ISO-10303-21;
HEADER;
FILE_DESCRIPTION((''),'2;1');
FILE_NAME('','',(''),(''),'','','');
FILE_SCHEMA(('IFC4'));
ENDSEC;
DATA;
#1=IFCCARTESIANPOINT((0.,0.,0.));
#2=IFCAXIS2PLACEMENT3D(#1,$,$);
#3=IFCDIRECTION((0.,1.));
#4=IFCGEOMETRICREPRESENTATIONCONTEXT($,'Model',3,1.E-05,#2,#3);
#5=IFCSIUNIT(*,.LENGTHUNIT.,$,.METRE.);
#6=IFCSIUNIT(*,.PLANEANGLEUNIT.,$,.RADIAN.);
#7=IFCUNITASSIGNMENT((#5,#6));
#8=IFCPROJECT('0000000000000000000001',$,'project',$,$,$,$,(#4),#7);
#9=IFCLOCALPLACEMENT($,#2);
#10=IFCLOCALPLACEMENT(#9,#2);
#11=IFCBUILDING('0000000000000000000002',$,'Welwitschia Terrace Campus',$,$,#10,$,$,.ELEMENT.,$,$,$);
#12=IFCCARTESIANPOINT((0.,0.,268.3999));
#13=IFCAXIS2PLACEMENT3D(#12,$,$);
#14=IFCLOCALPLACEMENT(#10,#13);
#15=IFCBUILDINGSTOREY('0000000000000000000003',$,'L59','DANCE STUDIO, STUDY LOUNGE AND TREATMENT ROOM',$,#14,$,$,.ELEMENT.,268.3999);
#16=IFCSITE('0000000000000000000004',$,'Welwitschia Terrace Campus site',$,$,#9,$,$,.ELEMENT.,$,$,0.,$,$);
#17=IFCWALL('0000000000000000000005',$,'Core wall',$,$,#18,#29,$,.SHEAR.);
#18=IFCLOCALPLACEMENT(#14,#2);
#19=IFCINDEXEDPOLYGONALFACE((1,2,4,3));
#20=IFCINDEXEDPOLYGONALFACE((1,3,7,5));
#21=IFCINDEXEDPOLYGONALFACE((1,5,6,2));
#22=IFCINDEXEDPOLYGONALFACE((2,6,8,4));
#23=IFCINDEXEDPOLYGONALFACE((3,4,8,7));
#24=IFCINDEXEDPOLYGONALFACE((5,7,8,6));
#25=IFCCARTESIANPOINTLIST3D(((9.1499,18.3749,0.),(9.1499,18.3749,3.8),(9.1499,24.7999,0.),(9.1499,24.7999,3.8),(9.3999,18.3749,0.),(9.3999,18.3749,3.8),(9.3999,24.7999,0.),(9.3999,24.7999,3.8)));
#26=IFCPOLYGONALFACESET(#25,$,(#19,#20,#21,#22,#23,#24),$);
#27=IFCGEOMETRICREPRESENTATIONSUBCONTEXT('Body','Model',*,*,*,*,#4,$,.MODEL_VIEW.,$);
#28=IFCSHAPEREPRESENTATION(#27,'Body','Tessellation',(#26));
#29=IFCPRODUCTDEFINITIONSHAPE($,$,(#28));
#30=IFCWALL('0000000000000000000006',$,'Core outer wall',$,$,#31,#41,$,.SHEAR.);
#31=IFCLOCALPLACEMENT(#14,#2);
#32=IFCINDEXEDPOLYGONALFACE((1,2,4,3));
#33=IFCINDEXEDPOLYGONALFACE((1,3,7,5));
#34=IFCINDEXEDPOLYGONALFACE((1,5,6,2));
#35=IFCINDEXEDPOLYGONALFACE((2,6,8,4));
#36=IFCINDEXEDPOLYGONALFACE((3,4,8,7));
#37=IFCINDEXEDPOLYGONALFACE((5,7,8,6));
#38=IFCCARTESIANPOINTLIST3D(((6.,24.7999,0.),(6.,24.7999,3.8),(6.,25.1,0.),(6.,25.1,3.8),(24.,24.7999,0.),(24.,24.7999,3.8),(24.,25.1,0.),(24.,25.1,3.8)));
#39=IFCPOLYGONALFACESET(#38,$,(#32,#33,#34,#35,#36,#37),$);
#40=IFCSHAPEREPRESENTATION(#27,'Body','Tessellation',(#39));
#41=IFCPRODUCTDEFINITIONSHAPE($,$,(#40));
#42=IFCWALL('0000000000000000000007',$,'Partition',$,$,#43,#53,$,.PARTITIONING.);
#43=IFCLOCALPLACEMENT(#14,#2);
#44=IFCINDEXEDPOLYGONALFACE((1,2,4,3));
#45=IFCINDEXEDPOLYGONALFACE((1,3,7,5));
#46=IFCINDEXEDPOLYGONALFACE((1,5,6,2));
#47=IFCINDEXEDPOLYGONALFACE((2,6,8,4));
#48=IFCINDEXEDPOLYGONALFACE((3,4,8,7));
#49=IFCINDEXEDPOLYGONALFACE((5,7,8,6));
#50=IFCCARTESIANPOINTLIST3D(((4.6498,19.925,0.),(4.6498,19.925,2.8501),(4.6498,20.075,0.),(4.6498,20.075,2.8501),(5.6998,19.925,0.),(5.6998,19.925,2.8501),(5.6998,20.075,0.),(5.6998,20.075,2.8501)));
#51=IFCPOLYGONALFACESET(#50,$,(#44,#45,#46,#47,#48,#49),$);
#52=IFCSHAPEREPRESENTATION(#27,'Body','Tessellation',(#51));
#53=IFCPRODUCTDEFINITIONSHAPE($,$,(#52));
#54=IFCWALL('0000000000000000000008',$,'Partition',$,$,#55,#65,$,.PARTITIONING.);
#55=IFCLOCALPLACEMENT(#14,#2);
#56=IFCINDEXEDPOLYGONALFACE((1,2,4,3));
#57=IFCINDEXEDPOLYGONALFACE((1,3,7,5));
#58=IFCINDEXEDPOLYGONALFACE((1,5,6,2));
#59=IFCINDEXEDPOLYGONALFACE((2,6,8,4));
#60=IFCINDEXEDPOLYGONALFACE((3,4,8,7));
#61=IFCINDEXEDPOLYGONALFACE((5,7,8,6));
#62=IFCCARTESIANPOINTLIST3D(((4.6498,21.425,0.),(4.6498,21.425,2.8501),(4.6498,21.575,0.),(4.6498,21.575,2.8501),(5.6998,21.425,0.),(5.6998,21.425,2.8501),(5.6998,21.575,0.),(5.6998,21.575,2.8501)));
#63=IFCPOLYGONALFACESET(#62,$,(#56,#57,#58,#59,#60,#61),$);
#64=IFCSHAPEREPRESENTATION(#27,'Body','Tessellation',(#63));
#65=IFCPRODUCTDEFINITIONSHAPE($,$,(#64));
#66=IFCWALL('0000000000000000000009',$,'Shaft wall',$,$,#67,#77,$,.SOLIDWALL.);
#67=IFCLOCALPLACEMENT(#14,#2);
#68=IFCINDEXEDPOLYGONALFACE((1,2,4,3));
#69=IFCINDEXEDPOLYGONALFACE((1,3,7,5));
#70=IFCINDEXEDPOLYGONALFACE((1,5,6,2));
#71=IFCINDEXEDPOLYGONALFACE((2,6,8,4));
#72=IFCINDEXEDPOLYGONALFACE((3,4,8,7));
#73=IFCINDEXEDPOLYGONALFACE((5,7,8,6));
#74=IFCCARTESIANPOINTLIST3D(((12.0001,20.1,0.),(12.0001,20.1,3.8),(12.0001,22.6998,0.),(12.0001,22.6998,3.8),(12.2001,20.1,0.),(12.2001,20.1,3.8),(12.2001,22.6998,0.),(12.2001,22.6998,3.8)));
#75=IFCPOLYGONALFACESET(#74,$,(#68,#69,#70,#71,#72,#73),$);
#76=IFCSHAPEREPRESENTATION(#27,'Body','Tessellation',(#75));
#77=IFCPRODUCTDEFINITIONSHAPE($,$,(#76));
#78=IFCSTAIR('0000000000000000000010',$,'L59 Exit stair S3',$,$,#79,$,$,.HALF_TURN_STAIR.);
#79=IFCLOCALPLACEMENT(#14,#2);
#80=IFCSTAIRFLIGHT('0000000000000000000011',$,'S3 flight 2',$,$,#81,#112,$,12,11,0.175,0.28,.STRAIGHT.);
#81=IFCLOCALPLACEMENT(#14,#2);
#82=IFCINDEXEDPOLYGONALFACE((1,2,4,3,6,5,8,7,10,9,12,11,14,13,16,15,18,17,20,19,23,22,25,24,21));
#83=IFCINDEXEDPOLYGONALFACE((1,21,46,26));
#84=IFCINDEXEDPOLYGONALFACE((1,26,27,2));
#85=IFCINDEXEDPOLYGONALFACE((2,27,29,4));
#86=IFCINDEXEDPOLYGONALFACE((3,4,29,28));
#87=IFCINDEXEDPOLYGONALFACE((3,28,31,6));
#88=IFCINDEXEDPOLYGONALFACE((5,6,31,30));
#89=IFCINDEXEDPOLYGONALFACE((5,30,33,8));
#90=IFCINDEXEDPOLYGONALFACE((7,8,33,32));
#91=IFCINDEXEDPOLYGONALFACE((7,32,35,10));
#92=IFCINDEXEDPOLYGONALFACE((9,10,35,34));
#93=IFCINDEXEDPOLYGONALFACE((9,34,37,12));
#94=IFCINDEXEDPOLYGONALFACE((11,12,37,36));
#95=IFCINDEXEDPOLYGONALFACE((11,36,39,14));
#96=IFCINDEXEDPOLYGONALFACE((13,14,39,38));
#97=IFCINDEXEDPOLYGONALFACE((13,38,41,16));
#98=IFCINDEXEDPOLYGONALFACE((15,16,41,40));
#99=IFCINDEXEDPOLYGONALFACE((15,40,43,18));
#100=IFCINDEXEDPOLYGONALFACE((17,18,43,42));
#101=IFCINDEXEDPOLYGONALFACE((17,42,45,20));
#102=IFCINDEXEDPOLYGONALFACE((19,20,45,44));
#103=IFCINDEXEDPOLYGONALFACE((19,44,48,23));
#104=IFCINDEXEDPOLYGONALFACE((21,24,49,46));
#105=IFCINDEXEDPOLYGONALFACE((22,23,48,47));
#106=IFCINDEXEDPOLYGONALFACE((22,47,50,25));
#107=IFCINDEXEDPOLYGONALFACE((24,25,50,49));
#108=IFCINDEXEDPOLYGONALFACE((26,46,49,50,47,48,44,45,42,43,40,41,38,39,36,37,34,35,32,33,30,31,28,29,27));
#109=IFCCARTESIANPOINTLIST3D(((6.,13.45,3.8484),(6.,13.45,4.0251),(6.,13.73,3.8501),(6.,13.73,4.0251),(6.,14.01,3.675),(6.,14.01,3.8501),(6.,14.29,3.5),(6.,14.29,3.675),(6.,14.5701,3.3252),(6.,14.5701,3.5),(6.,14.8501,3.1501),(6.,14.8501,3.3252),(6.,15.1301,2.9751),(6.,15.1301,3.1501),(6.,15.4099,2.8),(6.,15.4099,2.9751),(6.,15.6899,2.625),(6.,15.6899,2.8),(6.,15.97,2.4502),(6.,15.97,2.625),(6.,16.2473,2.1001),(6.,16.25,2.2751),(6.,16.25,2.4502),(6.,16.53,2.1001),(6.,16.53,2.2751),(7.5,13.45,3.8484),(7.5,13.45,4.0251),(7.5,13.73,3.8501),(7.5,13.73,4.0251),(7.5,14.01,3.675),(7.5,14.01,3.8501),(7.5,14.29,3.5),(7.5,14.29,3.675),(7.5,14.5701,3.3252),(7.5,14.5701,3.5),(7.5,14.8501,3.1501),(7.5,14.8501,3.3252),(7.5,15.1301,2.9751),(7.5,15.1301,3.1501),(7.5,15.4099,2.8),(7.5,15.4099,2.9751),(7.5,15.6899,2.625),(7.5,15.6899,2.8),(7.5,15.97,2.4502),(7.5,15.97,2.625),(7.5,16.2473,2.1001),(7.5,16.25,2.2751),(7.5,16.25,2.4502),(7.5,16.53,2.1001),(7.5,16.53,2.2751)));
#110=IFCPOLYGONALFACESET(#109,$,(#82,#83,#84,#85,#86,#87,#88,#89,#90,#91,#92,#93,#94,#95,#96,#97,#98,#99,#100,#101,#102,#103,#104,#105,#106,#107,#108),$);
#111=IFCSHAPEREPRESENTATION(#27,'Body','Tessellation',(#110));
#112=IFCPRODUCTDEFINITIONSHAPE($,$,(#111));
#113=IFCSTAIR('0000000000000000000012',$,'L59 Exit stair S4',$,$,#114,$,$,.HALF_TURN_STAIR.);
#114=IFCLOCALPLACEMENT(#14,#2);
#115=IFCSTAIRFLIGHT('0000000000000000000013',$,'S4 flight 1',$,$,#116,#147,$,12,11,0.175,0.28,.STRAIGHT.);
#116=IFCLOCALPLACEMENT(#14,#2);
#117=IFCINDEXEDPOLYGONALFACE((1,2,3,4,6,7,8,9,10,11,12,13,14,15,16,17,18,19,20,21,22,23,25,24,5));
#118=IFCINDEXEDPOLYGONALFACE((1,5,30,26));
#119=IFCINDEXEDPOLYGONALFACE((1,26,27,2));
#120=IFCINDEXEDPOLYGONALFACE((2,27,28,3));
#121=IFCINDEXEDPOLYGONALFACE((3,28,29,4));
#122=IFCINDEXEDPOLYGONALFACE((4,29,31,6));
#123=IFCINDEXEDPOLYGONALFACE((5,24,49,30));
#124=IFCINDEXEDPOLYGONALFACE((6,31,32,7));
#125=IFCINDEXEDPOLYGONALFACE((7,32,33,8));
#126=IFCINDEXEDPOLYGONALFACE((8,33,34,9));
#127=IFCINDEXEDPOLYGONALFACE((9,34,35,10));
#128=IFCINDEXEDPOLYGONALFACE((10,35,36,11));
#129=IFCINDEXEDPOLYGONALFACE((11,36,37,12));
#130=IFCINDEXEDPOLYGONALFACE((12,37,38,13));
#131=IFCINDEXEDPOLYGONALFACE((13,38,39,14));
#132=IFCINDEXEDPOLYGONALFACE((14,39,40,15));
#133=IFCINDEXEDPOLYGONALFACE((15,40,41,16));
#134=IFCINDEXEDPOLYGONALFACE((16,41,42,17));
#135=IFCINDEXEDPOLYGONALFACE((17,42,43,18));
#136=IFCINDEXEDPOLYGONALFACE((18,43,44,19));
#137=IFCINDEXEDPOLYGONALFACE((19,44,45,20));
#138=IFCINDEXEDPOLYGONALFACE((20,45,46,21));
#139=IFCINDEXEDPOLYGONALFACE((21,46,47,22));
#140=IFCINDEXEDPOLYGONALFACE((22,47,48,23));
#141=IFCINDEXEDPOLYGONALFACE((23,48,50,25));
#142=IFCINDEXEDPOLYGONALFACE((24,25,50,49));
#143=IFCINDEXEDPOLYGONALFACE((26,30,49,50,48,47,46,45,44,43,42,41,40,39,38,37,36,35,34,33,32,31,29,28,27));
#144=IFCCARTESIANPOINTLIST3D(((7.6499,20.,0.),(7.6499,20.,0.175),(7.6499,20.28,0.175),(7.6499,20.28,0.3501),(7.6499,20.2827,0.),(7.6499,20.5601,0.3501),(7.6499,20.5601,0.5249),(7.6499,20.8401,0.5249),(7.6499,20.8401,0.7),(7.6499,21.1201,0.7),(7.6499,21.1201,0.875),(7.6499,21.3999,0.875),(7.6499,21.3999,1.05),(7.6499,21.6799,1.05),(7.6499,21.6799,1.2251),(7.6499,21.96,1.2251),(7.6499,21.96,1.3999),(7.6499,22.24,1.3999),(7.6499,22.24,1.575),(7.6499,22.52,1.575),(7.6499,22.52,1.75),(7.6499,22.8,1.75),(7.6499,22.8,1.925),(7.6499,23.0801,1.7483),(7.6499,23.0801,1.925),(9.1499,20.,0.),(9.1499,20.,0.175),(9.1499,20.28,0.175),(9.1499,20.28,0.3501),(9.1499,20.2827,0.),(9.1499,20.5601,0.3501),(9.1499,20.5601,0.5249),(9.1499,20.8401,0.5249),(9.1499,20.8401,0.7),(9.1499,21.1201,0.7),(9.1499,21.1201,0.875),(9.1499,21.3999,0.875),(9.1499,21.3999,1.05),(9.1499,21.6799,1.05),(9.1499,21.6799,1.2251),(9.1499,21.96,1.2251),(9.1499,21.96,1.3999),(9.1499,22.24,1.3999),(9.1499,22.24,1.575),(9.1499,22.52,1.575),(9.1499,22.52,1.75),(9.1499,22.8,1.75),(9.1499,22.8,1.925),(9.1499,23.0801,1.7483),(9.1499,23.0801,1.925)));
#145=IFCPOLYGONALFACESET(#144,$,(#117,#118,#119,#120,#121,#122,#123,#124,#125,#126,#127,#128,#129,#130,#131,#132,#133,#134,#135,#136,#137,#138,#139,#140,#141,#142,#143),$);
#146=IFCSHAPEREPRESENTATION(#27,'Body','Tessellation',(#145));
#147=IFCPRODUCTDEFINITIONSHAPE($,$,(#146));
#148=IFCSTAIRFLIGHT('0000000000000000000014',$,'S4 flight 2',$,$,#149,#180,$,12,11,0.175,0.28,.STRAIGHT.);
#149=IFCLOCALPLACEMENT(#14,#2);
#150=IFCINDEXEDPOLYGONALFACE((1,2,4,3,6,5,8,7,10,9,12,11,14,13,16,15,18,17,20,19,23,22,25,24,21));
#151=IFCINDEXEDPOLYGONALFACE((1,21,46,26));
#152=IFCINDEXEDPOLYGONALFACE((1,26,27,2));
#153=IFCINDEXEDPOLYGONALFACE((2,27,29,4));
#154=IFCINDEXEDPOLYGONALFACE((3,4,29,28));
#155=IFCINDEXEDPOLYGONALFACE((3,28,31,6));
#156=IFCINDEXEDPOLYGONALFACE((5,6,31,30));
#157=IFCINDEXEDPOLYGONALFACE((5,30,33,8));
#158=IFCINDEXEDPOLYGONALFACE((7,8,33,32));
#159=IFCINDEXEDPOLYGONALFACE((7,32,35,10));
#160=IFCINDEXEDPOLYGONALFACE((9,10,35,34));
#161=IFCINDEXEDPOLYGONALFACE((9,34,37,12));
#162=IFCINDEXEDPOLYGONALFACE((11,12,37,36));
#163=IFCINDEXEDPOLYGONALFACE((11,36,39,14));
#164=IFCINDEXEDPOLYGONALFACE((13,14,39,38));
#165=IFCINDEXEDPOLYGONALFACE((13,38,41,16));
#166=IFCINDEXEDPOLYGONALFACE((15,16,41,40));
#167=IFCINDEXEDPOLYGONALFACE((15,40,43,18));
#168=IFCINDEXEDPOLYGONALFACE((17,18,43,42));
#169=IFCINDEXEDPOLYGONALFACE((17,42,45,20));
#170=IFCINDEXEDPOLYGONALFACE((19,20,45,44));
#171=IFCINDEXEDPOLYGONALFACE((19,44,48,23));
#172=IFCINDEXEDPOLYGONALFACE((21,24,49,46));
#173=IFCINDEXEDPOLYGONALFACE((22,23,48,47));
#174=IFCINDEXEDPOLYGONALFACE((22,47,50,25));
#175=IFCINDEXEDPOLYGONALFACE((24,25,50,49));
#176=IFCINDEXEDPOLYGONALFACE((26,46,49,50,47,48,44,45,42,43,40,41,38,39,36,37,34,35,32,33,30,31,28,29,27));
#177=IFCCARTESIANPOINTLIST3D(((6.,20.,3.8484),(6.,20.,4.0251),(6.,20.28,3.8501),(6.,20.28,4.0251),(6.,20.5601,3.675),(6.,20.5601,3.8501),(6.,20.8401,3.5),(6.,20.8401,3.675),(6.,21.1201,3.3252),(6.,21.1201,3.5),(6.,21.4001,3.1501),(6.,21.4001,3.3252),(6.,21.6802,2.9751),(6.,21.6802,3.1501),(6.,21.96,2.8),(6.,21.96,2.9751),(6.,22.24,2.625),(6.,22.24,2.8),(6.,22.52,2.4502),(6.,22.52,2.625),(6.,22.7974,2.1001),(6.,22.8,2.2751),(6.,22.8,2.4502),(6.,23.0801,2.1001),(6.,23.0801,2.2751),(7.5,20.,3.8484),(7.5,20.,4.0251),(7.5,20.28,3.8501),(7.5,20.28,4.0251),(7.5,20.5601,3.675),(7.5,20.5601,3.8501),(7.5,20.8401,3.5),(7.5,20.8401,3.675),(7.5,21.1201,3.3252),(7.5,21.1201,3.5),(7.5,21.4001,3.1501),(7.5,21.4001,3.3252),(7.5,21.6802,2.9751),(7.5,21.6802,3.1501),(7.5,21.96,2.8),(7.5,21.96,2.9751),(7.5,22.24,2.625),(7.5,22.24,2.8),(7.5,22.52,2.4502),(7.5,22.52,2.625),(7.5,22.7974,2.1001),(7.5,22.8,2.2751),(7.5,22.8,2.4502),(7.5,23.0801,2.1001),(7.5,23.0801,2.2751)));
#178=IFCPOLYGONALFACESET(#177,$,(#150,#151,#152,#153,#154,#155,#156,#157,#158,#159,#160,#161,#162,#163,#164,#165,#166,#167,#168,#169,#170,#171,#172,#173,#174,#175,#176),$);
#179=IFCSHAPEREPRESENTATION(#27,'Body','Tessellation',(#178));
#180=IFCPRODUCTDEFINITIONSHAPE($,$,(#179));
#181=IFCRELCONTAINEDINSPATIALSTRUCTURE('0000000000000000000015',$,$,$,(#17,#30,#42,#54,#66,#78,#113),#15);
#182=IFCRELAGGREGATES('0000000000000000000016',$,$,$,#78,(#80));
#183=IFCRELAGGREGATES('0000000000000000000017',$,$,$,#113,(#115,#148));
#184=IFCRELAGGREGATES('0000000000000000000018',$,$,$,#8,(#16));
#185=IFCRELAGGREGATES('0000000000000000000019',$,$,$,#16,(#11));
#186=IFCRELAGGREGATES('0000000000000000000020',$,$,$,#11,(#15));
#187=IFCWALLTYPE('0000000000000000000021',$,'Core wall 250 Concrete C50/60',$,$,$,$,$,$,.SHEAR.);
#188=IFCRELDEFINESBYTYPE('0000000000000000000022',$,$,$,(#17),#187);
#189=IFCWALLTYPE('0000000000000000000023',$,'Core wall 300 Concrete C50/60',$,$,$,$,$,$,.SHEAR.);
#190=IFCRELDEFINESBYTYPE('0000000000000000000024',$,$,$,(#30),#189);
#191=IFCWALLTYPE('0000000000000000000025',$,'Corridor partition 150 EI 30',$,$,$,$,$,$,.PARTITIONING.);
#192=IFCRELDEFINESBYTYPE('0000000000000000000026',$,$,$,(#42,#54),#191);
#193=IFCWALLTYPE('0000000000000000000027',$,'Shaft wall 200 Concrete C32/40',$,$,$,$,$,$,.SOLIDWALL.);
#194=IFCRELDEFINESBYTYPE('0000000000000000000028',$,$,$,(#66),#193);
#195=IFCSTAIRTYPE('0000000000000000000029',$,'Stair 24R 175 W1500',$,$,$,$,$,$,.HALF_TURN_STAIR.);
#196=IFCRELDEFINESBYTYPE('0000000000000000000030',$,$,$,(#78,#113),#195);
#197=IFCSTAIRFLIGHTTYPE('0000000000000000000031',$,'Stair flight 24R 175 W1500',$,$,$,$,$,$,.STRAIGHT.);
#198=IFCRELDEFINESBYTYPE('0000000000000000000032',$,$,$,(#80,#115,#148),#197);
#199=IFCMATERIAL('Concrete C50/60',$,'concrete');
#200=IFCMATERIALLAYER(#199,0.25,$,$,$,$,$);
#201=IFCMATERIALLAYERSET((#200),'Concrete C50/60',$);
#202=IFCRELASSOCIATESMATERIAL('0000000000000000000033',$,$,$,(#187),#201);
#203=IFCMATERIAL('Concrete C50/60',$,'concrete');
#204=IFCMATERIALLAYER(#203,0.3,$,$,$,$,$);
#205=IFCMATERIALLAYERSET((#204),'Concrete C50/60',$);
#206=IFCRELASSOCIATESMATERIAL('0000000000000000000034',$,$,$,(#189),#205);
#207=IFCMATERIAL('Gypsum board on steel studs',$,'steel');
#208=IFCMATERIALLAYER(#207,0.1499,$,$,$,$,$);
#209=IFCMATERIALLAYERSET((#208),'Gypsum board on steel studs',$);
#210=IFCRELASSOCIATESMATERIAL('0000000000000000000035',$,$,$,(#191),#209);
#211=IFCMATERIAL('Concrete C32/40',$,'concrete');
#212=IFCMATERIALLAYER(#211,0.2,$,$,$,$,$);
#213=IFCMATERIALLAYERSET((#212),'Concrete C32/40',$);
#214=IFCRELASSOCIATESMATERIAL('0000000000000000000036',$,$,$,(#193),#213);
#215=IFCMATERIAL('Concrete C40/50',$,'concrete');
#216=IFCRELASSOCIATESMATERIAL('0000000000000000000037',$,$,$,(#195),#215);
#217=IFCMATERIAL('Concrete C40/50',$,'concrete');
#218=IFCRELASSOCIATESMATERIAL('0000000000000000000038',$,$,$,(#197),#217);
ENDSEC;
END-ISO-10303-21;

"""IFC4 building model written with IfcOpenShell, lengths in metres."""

from ifc_helpers import new_model, si_unit, direction, frame, frame_2d, origin, place, context, subcontext, project, spatial, polyline, rectangle, outline, extrude, material, layer, layer_set, type_object, element, aggregate, save


model = new_model("IFC4")

# Units and contexts
model_context = context("Model", 3, precision=1e-05, world=origin(), true_north=direction((0.0, 1.0)))
body_context = subcontext(model_context, "Body", "Model", "MODEL_VIEW")
ifc_project = project(units=[si_unit("LENGTHUNIT", "METRE"), si_unit("PLANEANGLEUNIT", "RADIAN")], contexts=[model_context])

# Site, building, storey
site_placement = place(None, origin())
site = spatial("IfcSite", under=ifc_project, at=site_placement, Name="Welwitschia Terrace Campus site", CompositionType="ELEMENT", RefElevation=0.0)
building_placement = place(site_placement, origin())
building = spatial("IfcBuilding", under=site, at=building_placement, Name="Welwitschia Terrace Campus", CompositionType="ELEMENT")
storey_placement = place(building_placement, frame((0.0, 0.0, 268.3999)))
storey = spatial("IfcBuildingStorey", under=building, at=storey_placement, Name="L59", Description="DANCE STUDIO, STUDY LOUNGE AND TREATMENT ROOM", CompositionType="ELEMENT", Elevation=268.3999)

# Shared definitions
ifc_material_1 = material(Name="Concrete C50/60", Category="concrete")
ifc_layer_1 = layer(ifc_material_1, 0.25)
ifc_layer_set_1 = layer_set([ifc_layer_1], Name="Concrete C50/60")
wall_type_1 = type_object("IfcWallType", Name="Core wall 250 Concrete C50/60", PredefinedType="SHEAR", material=ifc_layer_set_1)

# Walls
wall_1_placement = place(storey_placement, frame((9.2749, 18.375, 0.0), z_axis=(0.0, 0.0, 1.0), x_axis=(0.0, 1.0, 0.0)))
element("IfcWall", 1, at=wall_1_placement, inside=storey, type_object=wall_type_1, Name="Core wall", PredefinedType="SHEAR", context=body_context, shape_type="SweptSolid", body=[
    extrude(rectangle(XDim=6.425, YDim=0.25, at=frame_2d((3.2124, 0.0))), origin(), (0.0, 0.0, 1.0), 3.8),
])
ifc_material_2 = material(Name="Concrete C50/60", Category="concrete")
ifc_layer_2 = layer(ifc_material_2, 0.3)
ifc_layer_set_2 = layer_set([ifc_layer_2], Name="Concrete C50/60")
wall_type_2 = type_object("IfcWallType", Name="Core wall 300 Concrete C50/60", PredefinedType="SHEAR", material=ifc_layer_set_2)
wall_2_placement = place(storey_placement, frame((6.0, 24.95, 0.0), z_axis=(0.0, 0.0, 1.0), x_axis=(1.0, 0.0, 0.0)))
element("IfcWall", 2, at=wall_2_placement, inside=storey, type_object=wall_type_2, Name="Core outer wall", PredefinedType="SHEAR", context=body_context, shape_type="SweptSolid", body=[
    extrude(rectangle(XDim=18.0, YDim=0.3, at=frame_2d((9.0, 0.0))), origin(), (0.0, 0.0, 1.0), 3.8),
])
ifc_material_3 = material(Name="Gypsum board on steel studs", Category="steel")
ifc_layer_3 = layer(ifc_material_3, 0.1499)
ifc_layer_set_3 = layer_set([ifc_layer_3], Name="Gypsum board on steel studs")
wall_type_3 = type_object("IfcWallType", Name="Corridor partition 150 EI 30", PredefinedType="PARTITIONING", material=ifc_layer_set_3)
for number, where, z_axis, x_axis, name in (
    (3, (4.6499, 20.0, 0.0), (0.0, 0.0, 1.0), (1.0, 0.0, 0.0), "Partition"),
    (4, (4.6499, 21.5, 0.0), (0.0, 0.0, 1.0), (1.0, 0.0, 0.0), "Partition"),
):
    element("IfcWall", number, at=place(storey_placement, frame(where, z_axis=z_axis, x_axis=x_axis)), inside=storey, type_object=wall_type_3, Name=name, PredefinedType="PARTITIONING", context=body_context, shape_type="SweptSolid", body=[
        extrude(rectangle(XDim=1.05, YDim=0.1499, at=frame_2d((0.5249, 0.0))), origin(), (0.0, 0.0, 1.0), 2.8501),
    ])
ifc_material_4 = material(Name="Concrete C32/40", Category="concrete")
ifc_layer_4 = layer(ifc_material_4, 0.2)
ifc_layer_set_4 = layer_set([ifc_layer_4], Name="Concrete C32/40")
wall_type_4 = type_object("IfcWallType", Name="Shaft wall 200 Concrete C32/40", PredefinedType="SOLIDWALL", material=ifc_layer_set_4)
wall_3_placement = place(storey_placement, frame((12.1001, 20.1001, 0.0), z_axis=(0.0, 0.0, 1.0), x_axis=(0.0, 1.0, 0.0)))
element("IfcWall", 5, at=wall_3_placement, inside=storey, type_object=wall_type_4, Name="Shaft wall", PredefinedType="SOLIDWALL", context=body_context, shape_type="SweptSolid", body=[
    extrude(rectangle(XDim=2.5999, YDim=0.2, at=frame_2d((1.2998, 0.0))), origin(), (0.0, 0.0, 1.0), 3.8),
])

# Stair, stair flight
ifc_material_5 = material(Name="Concrete C40/50", Category="concrete")
stair_type = type_object("IfcStairType", Name="Stair 24R 175 W1500", PredefinedType="HALF_TURN_STAIR", material=ifc_material_5)
stair_1_placement = place(storey_placement, origin())
stair_1 = element("IfcStair", 6, at=stair_1_placement, inside=storey, type_object=stair_type, Name="L59 Exit stair S3", PredefinedType="HALF_TURN_STAIR")
ifc_material_6 = material(Name="Concrete C40/50", Category="concrete")
stair_flight_type = type_object("IfcStairFlightType", Name="Stair flight 24R 175 W1500", PredefinedType="STRAIGHT", material=ifc_material_6)
stair_flight_1_placement = place(storey_placement, frame((6.75, 16.53, 2.1001), z_axis=(0.0, 0.0, 1.0), x_axis=(0.0, -1.0, 0.0)))
stair_flight_1 = element("IfcStairFlight", 7, at=stair_flight_1_placement, type_object=stair_flight_type, Name="S3 flight 2", NumberOfRisers=12, NumberOfTreads=11, PredefinedType="STRAIGHT", RiserHeight=0.175, TreadLength=0.28, context=body_context, shape_type="SweptSolid", body=[
    extrude(outline(polyline([(0.0, 0.0), (0.0, 0.175), (0.28, 0.175), (0.28, 0.3501), (0.5601, 0.3501), (0.5601, 0.5249), (0.8401, 0.5249), (0.8401, 0.7), (1.1201, 0.7), (1.1201, 0.875), (1.3999, 0.875), (1.3999, 1.05), (1.6799, 1.05), (1.6799, 1.2251), (1.96, 1.2251), (1.96, 1.3999), (2.24, 1.3999), (2.24, 1.575), (2.52, 1.575), (2.52, 1.75), (2.8, 1.75), (2.8, 1.925), (3.0801, 1.925), (3.0801, 2.1001), (3.0801, 1.7483), (0.2827, 0.0), (0.0, 0.0)])), frame((0.0, 0.75, 0.0), z_axis=(0.0, -1.0, 0.0), x_axis=(1.0, 0.0, 0.0)), (0.0, 0.0, 1.0), 1.5),
])
aggregate(stair_1, [stair_flight_1])

# Stair, stair flights
stair_2_placement = place(storey_placement, origin())
stair_2 = element("IfcStair", 8, at=stair_2_placement, inside=storey, type_object=stair_type, Name="L59 Exit stair S4", PredefinedType="HALF_TURN_STAIR")
stair_flight_2_placement = place(storey_placement, frame((8.3999, 20.0, 0.0), z_axis=(0.0, 0.0, 1.0), x_axis=(0.0, 1.0, 0.0)))
stair_flight_2 = element("IfcStairFlight", 9, at=stair_flight_2_placement, type_object=stair_flight_type, Name="S4 flight 1", NumberOfRisers=12, NumberOfTreads=11, PredefinedType="STRAIGHT", RiserHeight=0.175, TreadLength=0.28, context=body_context, shape_type="SweptSolid", body=[
    extrude(outline(polyline([(0.0, 0.0), (0.0, 0.175), (0.28, 0.175), (0.28, 0.3501), (0.5601, 0.3501), (0.5601, 0.5249), (0.8401, 0.5249), (0.8401, 0.7), (1.1201, 0.7), (1.1201, 0.875), (1.3999, 0.875), (1.3999, 1.05), (1.6799, 1.05), (1.6799, 1.2251), (1.96, 1.2251), (1.96, 1.3999), (2.24, 1.3999), (2.24, 1.575), (2.52, 1.575), (2.52, 1.75), (2.8, 1.75), (2.8, 1.925), (3.0801, 1.925), (3.0801, 2.1001), (3.0801, 1.7483), (0.2827, 0.0), (0.0, 0.0)])), frame((0.0, 0.75, 0.0), z_axis=(0.0, -1.0, 0.0), x_axis=(1.0, 0.0, 0.0)), (0.0, 0.0, 1.0), 1.5),
])
stair_flight_3_placement = place(storey_placement, frame((6.75, 23.0801, 2.1001), z_axis=(0.0, 0.0, 1.0), x_axis=(0.0, -1.0, 0.0)))
stair_flight_3 = element("IfcStairFlight", 10, at=stair_flight_3_placement, type_object=stair_flight_type, Name="S4 flight 2", NumberOfRisers=12, NumberOfTreads=11, PredefinedType="STRAIGHT", RiserHeight=0.175, TreadLength=0.28, context=body_context, shape_type="SweptSolid", body=[
    extrude(outline(polyline([(0.0, 0.0), (0.0, 0.175), (0.28, 0.175), (0.28, 0.3501), (0.5601, 0.3501), (0.5601, 0.5249), (0.8401, 0.5249), (0.8401, 0.7), (1.1201, 0.7), (1.1201, 0.875), (1.3999, 0.875), (1.3999, 1.05), (1.6799, 1.05), (1.6799, 1.2251), (1.96, 1.2251), (1.96, 1.3999), (2.24, 1.3999), (2.24, 1.575), (2.52, 1.575), (2.52, 1.75), (2.8, 1.75), (2.8, 1.925), (3.0801, 1.925), (3.0801, 2.1001), (3.0801, 1.7483), (0.2827, 0.0), (0.0, 0.0)])), frame((0.0, 0.75, 0.0), z_axis=(0.0, -1.0, 0.0), x_axis=(1.0, 0.0, 0.0)), (0.0, 0.0, 1.0), 1.5),
])
aggregate(stair_2, [stair_flight_2, stair_flight_3])

save(model, "model.ifc")
